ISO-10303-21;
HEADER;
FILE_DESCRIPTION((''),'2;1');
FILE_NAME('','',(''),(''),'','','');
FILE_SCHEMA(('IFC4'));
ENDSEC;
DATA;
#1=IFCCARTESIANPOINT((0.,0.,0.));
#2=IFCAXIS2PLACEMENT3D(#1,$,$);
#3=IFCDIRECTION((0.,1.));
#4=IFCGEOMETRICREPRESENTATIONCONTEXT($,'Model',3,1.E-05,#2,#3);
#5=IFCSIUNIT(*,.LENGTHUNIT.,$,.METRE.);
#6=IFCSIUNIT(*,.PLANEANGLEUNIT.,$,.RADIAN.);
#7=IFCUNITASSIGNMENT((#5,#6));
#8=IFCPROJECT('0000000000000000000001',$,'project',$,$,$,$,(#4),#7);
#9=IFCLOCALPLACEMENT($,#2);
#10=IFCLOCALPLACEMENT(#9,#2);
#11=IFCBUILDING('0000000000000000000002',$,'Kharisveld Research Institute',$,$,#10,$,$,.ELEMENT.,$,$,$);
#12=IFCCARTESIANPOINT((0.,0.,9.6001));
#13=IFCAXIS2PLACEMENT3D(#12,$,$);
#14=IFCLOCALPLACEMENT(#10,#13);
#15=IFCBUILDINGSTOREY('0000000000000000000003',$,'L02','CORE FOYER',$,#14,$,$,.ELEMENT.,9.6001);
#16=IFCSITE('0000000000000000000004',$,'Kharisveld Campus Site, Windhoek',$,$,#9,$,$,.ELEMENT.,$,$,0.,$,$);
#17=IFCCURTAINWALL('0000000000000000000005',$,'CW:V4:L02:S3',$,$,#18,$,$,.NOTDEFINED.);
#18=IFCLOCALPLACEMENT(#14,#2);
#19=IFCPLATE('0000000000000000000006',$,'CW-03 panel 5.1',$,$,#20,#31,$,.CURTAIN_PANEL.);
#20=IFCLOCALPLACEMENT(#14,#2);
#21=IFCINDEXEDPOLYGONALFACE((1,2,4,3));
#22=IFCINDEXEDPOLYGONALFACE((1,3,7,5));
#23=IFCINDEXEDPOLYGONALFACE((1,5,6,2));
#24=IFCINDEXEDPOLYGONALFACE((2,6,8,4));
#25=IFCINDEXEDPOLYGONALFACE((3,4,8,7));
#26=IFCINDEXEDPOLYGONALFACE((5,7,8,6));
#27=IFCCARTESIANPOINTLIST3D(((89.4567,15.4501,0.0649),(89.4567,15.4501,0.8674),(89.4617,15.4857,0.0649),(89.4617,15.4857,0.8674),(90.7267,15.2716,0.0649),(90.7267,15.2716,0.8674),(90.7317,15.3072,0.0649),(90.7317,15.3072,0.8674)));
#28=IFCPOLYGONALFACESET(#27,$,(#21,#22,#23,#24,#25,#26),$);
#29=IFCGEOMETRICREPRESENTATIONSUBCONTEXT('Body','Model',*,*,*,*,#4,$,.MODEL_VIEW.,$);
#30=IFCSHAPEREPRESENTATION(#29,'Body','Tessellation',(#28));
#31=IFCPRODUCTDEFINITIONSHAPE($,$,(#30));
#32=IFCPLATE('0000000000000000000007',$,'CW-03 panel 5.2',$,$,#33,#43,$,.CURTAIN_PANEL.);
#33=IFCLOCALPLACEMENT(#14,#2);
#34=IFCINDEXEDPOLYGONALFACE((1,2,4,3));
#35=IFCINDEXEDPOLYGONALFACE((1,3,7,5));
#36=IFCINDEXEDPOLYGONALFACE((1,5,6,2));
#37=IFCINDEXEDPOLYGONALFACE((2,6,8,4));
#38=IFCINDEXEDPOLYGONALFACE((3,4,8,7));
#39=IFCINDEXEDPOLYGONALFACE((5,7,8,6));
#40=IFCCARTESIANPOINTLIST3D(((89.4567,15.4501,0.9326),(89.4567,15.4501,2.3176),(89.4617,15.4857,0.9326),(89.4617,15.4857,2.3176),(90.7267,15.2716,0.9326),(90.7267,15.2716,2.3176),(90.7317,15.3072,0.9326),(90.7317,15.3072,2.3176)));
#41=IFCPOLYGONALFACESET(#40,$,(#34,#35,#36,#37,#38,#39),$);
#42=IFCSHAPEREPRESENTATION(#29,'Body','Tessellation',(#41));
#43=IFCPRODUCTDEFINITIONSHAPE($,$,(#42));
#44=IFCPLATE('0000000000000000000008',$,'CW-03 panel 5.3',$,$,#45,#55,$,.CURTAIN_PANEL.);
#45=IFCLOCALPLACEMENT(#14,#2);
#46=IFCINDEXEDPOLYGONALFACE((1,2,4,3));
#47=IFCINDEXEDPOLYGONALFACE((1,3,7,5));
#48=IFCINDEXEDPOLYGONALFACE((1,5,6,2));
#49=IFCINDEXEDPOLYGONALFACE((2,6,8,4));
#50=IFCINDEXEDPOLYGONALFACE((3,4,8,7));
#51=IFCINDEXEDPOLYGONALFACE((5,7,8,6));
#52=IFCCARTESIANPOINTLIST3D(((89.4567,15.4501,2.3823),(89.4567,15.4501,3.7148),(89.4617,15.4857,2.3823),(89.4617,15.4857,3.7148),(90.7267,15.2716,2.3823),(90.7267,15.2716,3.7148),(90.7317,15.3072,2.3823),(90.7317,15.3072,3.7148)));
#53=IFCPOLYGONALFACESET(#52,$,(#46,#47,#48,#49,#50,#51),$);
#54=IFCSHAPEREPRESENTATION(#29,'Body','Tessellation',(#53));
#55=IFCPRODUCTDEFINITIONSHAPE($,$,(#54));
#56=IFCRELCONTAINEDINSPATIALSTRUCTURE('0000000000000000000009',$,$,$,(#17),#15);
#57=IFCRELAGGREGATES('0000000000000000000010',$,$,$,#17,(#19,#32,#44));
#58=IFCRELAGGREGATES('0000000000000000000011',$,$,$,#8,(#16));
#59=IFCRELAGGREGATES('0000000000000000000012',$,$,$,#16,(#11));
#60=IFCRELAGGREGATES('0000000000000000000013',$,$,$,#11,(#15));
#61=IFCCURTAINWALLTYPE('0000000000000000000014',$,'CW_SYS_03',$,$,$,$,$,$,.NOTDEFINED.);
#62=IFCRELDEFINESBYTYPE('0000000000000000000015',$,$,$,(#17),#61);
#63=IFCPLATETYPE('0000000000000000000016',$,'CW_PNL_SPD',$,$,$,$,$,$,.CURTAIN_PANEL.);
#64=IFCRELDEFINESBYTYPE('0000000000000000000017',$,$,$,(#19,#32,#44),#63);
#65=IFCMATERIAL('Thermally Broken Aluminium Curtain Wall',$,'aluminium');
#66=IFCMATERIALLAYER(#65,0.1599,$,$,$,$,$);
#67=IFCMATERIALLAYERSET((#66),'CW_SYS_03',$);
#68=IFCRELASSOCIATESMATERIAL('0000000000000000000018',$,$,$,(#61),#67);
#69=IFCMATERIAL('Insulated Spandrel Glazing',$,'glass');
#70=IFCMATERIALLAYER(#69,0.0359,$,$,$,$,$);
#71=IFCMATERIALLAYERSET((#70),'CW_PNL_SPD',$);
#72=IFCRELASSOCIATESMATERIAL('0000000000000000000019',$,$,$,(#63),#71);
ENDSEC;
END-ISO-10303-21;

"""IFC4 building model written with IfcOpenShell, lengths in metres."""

from ifc_helpers import new_model, si_unit, direction, frame, origin, origin_2d, place, context, subcontext, project, spatial, rectangle, extrude, material, layer, layer_set, type_object, element, aggregate, save


model = new_model("IFC4")

# Units and contexts
model_context = context("Model", 3, precision=1e-05, world=origin(), true_north=direction((0.0, 1.0)))
body_context = subcontext(model_context, "Body", "Model", "MODEL_VIEW")
ifc_project = project(units=[si_unit("LENGTHUNIT", "METRE"), si_unit("PLANEANGLEUNIT", "RADIAN")], contexts=[model_context])

# Site, building, storey
site_placement = place(None, origin())
site = spatial("IfcSite", under=ifc_project, at=site_placement, Name="Kharisveld Campus Site, Windhoek", CompositionType="ELEMENT", RefElevation=0.0)
building_placement = place(site_placement, origin())
building = spatial("IfcBuilding", under=site, at=building_placement, Name="Kharisveld Research Institute", CompositionType="ELEMENT")
storey_placement = place(building_placement, frame((0.0, 0.0, 9.6001)))
storey = spatial("IfcBuildingStorey", under=building, at=storey_placement, Name="L02", Description="CORE FOYER", CompositionType="ELEMENT", Elevation=9.6001)

# Curtain wall
ifc_material_1 = material(Name="Thermally Broken Aluminium Curtain Wall", Category="aluminium")
ifc_layer_1 = layer(ifc_material_1, 0.1599)
ifc_layer_set_1 = layer_set([ifc_layer_1], Name="CW_SYS_03")
curtain_wall_type_1 = type_object("IfcCurtainWallType", Name="CW_SYS_03", PredefinedType="NOTDEFINED", material=ifc_layer_set_1)
curtain_wall_1_placement = place(storey_placement, origin())
curtain_wall_1 = element("IfcCurtainWall", 1, at=curtain_wall_1_placement, inside=storey, type_object=curtain_wall_type_1, Name="CW:V4:L02:S3", PredefinedType="NOTDEFINED")

# Plates
ifc_material_2 = material(Name="Insulated Spandrel Glazing", Category="glass")
ifc_layer_2 = layer(ifc_material_2, 0.0359)
ifc_layer_set_2 = layer_set([ifc_layer_2], Name="CW_PNL_SPD")
plate_type_1 = type_object("IfcPlateType", Name="CW_PNL_SPD", PredefinedType="CURTAIN_PANEL", material=ifc_layer_set_2)
plate_1_placement = place(storey_placement, frame((90.0942, 15.3787, 0.0649), z_axis=(0.0, 0.0, 1.0), x_axis=(-0.990268, 0.139173, 0.0)))
plate_1 = element("IfcPlate", 2, at=plate_1_placement, type_object=plate_type_1, Name="CW-03 panel 5.1", PredefinedType="CURTAIN_PANEL", context=body_context, shape_type="SweptSolid", body=[
    extrude(rectangle(XDim=1.2825, YDim=0.0359, at=origin_2d()), origin(), (0.0, 0.0, 1.0), 0.8025),
])
plate_2_placement = place(storey_placement, frame((90.0942, 15.3787, 0.9326), z_axis=(0.0, 0.0, 1.0), x_axis=(-0.990268, 0.139173, 0.0)))
plate_2 = element("IfcPlate", 3, at=plate_2_placement, type_object=plate_type_1, Name="CW-03 panel 5.2", PredefinedType="CURTAIN_PANEL", context=body_context, shape_type="SweptSolid", body=[
    extrude(rectangle(XDim=1.2825, YDim=0.0359, at=origin_2d()), origin(), (0.0, 0.0, 1.0), 1.385),
])
plate_3_placement = place(storey_placement, frame((90.0942, 15.3787, 2.3823), z_axis=(0.0, 0.0, 1.0), x_axis=(-0.990268, 0.139173, 0.0)))
plate_3 = element("IfcPlate", 4, at=plate_3_placement, type_object=plate_type_1, Name="CW-03 panel 5.3", PredefinedType="CURTAIN_PANEL", context=body_context, shape_type="SweptSolid", body=[
    extrude(rectangle(XDim=1.2825, YDim=0.0359, at=origin_2d()), origin(), (0.0, 0.0, 1.0), 1.3325),
])
aggregate(curtain_wall_1, [plate_1, plate_2, plate_3])

save(model, "model.ifc")
